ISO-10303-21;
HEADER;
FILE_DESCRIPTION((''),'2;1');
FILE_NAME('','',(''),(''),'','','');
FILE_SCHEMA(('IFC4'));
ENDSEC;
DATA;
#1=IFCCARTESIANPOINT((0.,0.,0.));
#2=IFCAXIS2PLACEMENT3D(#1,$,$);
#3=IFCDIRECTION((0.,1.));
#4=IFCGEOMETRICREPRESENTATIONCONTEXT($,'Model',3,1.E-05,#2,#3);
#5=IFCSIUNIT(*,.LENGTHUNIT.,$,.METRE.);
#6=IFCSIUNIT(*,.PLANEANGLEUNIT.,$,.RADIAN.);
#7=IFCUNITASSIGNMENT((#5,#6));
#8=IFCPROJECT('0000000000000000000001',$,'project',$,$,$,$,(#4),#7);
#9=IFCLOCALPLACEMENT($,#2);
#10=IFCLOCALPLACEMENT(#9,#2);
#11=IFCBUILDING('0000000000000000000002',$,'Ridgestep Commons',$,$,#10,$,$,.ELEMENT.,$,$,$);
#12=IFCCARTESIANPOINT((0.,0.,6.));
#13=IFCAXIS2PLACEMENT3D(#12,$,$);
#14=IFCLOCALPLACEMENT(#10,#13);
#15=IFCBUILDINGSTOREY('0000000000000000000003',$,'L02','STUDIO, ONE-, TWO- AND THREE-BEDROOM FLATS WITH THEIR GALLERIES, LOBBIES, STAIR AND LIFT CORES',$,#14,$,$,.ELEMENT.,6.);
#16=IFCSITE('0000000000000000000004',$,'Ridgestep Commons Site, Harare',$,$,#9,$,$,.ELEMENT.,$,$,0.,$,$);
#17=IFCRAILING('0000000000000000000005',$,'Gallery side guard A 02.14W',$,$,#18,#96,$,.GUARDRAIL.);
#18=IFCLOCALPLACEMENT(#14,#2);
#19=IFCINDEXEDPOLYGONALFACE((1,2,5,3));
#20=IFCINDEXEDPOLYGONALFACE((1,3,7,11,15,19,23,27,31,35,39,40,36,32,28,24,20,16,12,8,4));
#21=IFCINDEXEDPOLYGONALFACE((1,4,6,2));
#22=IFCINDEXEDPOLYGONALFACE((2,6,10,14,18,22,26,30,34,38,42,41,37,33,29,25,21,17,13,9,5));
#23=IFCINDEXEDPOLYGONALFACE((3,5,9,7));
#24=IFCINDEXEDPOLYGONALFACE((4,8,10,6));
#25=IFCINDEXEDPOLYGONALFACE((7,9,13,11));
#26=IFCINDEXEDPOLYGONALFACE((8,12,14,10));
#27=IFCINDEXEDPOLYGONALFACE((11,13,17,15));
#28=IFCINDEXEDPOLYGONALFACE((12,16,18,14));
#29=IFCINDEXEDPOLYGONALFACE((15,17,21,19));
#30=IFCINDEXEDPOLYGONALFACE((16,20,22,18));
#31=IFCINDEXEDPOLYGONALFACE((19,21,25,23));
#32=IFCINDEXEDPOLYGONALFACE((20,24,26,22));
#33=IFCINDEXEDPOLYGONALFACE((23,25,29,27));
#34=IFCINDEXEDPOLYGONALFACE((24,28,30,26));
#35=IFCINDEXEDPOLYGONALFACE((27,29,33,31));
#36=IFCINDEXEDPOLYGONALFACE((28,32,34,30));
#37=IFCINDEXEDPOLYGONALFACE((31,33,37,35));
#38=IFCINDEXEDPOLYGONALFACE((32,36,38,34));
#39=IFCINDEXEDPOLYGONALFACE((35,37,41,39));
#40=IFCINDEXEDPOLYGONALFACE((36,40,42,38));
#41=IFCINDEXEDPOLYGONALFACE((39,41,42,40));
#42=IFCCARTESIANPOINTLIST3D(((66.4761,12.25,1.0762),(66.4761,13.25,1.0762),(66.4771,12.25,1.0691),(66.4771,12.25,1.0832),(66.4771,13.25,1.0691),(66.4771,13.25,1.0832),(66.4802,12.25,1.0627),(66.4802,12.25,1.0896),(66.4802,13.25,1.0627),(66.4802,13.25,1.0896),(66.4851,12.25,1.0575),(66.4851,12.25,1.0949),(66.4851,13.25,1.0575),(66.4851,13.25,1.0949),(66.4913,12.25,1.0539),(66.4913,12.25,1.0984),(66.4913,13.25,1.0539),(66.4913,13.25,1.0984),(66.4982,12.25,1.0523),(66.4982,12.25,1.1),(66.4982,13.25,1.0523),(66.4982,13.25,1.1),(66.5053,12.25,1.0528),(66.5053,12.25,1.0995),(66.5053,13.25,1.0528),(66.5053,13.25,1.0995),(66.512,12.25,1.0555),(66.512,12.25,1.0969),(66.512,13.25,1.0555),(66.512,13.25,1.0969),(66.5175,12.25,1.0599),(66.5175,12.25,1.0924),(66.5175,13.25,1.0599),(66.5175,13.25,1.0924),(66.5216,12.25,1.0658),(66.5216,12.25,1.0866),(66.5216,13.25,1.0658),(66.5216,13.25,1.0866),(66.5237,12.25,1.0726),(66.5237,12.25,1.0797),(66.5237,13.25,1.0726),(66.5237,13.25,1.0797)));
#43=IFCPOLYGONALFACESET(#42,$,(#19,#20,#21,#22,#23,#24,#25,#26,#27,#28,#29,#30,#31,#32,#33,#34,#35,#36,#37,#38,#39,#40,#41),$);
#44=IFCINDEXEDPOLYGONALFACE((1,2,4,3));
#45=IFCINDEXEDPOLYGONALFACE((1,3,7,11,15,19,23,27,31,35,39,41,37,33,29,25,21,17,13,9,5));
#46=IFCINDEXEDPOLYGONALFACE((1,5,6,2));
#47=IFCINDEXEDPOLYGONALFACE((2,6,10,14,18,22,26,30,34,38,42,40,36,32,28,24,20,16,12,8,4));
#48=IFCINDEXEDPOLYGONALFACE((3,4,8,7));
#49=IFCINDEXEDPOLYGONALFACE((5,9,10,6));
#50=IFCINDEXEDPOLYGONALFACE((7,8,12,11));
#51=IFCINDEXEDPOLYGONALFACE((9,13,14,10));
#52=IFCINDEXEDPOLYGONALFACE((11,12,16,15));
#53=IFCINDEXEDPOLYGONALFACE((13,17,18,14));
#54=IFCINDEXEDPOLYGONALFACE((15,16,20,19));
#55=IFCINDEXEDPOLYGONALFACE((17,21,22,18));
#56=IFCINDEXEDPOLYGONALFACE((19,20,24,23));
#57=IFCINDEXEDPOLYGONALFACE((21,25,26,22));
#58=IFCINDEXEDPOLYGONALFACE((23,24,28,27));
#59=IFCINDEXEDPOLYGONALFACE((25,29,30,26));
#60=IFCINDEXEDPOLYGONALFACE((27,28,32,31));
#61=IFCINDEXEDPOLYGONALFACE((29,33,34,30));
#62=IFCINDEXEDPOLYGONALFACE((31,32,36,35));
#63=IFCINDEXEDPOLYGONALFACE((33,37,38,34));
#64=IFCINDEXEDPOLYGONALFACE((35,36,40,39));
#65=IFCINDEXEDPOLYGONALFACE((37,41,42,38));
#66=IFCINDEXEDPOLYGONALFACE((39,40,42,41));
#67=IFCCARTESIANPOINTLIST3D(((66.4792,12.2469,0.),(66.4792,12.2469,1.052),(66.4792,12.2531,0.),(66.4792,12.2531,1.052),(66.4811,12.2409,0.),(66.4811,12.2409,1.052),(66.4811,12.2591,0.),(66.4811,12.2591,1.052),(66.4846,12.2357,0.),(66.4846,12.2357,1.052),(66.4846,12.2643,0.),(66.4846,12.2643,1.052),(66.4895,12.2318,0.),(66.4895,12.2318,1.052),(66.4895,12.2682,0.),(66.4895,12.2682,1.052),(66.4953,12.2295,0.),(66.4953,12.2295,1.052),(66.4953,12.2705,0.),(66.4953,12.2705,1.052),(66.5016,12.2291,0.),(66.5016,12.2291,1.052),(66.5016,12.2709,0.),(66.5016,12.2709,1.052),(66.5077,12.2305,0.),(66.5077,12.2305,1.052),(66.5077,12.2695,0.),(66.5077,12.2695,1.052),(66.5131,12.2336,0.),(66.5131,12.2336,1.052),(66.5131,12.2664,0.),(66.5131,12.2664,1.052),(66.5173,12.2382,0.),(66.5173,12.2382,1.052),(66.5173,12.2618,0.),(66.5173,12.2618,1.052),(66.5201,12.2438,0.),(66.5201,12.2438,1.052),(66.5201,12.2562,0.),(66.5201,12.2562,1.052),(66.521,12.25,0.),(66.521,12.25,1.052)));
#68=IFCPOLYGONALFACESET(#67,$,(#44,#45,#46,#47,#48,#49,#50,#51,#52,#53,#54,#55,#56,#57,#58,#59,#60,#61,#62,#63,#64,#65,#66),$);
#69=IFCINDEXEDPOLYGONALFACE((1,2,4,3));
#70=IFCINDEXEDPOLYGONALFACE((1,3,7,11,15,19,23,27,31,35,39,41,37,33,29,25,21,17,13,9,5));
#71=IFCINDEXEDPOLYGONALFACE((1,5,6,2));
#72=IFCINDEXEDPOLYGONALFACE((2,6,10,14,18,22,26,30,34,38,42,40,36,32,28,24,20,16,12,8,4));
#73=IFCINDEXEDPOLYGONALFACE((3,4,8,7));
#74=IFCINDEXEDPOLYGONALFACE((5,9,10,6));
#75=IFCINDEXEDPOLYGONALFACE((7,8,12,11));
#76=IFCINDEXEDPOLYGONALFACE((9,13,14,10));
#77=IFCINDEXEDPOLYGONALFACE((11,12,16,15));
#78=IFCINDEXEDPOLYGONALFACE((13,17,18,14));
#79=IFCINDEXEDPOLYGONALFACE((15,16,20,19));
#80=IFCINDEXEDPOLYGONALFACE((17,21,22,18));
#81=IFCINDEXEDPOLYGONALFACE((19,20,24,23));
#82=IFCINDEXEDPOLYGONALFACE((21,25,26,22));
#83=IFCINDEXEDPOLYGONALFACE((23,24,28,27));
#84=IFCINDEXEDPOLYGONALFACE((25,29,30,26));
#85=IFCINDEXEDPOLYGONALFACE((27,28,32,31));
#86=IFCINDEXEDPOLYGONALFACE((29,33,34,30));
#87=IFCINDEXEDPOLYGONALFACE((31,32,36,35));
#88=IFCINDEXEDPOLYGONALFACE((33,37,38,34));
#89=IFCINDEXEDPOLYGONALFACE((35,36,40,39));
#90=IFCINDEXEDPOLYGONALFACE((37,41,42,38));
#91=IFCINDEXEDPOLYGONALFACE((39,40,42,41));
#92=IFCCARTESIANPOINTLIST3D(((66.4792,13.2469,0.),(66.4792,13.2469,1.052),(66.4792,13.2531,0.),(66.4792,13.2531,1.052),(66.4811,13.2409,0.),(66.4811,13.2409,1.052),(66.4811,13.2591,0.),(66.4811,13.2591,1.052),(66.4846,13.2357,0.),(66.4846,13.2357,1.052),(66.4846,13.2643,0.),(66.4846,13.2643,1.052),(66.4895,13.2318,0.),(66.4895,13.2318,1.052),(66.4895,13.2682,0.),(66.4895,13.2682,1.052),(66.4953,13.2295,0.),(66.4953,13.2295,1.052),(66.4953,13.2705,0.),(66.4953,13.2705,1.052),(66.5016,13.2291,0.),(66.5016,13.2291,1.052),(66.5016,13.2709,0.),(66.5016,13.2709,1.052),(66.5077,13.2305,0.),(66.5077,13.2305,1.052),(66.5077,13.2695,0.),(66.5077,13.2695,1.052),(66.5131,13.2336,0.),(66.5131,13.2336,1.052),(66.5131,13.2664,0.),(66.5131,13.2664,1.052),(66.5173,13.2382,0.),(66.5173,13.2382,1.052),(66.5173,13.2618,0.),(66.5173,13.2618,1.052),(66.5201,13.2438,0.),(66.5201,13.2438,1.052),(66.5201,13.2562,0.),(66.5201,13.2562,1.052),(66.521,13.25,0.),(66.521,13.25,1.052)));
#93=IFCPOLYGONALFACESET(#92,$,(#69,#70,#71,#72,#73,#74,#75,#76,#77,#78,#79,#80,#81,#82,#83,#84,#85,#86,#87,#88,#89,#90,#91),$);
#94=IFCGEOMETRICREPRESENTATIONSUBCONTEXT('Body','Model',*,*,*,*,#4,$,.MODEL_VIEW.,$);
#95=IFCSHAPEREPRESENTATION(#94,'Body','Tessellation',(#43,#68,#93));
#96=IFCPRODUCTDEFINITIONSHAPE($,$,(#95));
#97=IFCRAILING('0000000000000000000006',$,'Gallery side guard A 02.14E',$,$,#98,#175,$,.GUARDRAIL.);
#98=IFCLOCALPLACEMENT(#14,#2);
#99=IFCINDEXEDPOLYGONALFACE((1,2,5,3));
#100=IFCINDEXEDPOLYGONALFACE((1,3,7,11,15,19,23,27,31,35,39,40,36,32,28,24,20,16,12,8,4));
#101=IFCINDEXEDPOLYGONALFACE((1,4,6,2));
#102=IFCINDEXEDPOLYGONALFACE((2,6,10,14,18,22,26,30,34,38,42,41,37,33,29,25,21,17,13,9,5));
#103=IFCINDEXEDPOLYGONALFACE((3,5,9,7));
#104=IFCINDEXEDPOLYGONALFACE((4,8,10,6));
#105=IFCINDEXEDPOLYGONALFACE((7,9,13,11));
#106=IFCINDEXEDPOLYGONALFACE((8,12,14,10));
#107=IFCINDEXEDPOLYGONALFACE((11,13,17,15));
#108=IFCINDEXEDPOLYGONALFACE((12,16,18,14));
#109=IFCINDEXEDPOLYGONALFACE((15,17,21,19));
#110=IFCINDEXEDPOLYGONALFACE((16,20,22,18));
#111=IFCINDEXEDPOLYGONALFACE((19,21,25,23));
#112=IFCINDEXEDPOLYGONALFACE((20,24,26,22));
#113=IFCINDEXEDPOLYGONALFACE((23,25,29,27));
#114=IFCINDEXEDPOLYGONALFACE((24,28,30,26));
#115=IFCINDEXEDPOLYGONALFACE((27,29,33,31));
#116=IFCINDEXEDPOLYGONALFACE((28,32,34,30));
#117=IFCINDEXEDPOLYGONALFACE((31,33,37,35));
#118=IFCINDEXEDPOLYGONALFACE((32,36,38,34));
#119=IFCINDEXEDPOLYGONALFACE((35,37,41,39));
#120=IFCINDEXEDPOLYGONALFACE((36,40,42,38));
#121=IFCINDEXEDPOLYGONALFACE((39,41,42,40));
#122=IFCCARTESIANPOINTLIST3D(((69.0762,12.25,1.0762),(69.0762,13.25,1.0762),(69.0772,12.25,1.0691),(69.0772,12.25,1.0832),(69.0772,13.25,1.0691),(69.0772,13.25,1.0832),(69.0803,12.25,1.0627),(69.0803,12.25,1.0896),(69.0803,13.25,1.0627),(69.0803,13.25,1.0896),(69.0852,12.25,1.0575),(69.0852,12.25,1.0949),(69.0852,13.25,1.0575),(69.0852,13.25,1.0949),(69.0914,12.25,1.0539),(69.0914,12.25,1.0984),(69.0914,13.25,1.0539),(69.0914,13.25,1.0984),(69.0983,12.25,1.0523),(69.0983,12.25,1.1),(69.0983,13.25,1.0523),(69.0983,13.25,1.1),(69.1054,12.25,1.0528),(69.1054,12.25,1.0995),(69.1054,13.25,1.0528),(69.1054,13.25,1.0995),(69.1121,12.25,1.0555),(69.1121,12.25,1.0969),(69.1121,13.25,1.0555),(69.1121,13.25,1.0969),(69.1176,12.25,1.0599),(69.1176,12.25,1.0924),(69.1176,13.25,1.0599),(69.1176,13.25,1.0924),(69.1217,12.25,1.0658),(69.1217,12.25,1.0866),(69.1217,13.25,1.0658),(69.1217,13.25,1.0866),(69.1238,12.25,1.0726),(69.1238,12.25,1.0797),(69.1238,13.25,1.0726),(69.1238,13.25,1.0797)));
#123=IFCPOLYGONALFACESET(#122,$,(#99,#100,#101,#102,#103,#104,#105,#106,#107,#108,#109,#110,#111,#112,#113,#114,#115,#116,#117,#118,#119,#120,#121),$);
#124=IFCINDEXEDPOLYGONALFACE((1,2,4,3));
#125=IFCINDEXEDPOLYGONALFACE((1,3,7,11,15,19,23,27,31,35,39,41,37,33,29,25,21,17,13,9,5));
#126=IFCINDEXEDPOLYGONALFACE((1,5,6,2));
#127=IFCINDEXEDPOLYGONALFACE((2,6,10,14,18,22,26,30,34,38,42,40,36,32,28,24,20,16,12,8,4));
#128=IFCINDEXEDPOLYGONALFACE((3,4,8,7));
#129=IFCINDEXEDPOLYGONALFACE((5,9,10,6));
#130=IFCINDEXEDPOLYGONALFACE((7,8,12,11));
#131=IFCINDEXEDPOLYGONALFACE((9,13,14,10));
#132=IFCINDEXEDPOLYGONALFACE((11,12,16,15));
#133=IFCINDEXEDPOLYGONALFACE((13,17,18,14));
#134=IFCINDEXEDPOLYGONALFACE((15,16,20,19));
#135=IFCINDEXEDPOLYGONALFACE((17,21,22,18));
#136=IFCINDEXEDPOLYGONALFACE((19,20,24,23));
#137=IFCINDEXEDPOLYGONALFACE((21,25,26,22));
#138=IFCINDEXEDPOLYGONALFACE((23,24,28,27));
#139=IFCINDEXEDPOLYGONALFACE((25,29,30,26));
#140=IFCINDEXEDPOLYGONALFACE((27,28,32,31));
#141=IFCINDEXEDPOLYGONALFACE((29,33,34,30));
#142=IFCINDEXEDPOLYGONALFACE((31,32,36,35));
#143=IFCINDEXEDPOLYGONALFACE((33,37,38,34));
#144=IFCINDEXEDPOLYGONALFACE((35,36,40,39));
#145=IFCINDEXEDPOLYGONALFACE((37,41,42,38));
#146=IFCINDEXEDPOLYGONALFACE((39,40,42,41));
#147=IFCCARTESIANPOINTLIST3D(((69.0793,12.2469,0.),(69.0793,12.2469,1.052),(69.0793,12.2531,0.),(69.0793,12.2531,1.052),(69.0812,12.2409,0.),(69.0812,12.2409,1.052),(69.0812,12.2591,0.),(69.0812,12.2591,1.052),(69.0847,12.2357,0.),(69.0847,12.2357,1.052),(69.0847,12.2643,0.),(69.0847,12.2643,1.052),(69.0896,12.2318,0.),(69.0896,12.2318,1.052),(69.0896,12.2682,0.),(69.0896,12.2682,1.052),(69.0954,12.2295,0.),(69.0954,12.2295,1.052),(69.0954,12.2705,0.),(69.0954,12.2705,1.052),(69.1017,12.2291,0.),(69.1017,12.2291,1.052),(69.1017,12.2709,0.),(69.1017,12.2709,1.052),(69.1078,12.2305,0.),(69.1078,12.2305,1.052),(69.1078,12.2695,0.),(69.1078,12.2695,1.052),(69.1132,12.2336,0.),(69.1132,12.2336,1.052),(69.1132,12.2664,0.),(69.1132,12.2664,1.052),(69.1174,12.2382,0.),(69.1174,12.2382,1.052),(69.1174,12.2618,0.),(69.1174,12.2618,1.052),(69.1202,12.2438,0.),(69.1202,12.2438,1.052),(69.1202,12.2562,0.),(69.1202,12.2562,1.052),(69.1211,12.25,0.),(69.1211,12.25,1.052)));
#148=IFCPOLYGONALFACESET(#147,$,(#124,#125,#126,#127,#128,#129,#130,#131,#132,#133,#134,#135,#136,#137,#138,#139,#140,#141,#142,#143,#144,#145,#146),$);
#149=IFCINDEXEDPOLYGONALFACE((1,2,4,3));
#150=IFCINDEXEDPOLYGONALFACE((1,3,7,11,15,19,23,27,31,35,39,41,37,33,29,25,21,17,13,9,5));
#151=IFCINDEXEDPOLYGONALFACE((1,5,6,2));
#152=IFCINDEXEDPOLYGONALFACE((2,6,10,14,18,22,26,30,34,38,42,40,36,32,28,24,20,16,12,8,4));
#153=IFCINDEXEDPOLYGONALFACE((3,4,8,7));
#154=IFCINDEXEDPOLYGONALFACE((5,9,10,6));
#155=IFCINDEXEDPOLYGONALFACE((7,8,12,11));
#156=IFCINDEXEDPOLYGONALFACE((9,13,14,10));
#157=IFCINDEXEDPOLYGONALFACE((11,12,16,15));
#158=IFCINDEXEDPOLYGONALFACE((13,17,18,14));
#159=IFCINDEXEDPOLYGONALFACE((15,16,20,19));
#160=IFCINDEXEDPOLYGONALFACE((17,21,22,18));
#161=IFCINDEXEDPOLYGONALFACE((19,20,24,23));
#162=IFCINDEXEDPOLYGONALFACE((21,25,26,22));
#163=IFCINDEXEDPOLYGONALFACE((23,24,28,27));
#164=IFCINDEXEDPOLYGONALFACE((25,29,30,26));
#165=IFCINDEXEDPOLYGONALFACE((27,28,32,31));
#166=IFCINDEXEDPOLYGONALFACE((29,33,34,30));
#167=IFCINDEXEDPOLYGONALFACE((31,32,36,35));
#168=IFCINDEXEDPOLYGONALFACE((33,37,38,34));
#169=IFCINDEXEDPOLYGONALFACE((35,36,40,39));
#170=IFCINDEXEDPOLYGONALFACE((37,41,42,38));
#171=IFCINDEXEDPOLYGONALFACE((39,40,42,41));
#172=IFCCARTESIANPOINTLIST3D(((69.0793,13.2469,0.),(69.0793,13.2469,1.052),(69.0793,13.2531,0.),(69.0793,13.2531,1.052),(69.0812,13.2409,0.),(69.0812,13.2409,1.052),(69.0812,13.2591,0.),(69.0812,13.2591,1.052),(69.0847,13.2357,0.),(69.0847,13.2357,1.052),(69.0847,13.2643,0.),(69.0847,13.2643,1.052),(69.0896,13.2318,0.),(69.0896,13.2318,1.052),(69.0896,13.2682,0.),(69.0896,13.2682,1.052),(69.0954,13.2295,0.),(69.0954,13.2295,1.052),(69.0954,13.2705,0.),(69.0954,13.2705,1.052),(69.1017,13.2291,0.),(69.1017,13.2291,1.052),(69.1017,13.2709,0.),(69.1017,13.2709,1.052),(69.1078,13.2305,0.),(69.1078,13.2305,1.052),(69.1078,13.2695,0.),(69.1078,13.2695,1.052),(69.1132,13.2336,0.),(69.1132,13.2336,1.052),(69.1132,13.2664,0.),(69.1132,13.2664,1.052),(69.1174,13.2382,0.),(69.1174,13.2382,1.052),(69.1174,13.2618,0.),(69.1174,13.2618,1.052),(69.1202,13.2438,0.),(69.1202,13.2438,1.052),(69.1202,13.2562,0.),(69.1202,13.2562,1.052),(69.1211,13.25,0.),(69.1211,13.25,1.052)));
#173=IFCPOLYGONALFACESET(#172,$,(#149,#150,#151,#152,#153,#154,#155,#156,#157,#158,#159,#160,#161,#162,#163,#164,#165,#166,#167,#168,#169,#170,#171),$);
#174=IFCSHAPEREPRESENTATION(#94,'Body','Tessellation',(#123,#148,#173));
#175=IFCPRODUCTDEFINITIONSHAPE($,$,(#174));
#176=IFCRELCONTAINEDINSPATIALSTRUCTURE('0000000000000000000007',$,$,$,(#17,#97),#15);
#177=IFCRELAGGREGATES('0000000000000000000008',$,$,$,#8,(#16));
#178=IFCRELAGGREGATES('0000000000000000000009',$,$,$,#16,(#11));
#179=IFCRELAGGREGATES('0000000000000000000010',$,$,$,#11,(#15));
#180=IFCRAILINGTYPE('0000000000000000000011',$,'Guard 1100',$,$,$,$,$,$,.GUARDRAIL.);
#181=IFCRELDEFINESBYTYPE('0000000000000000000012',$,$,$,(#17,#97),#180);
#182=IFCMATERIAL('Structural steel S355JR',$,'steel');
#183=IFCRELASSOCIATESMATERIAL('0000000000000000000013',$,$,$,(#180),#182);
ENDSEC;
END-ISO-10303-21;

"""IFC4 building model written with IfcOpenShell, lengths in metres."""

from ifc_helpers import new_model, si_unit, direction, frame, origin, origin_2d, place, context, subcontext, project, spatial, circle, extrude, material, type_object, element, save


model = new_model("IFC4")

# Units and contexts
model_context = context("Model", 3, precision=1e-05, world=origin(), true_north=direction((0.0, 1.0)))
body_context = subcontext(model_context, "Body", "Model", "MODEL_VIEW")
ifc_project = project(units=[si_unit("LENGTHUNIT", "METRE"), si_unit("PLANEANGLEUNIT", "RADIAN")], contexts=[model_context])

# Site, building, storey
site_placement = place(None, origin())
site = spatial("IfcSite", under=ifc_project, at=site_placement, Name="Ridgestep Commons Site, Harare", CompositionType="ELEMENT", RefElevation=0.0)
building_placement = place(site_placement, origin())
building = spatial("IfcBuilding", under=site, at=building_placement, Name="Ridgestep Commons", CompositionType="ELEMENT")
storey_placement = place(building_placement, frame((0.0, 0.0, 6.0)))
storey = spatial("IfcBuildingStorey", under=building, at=storey_placement, Name="L02", Description="STUDIO, ONE-, TWO- AND THREE-BEDROOM FLATS WITH THEIR GALLERIES, LOBBIES, STAIR AND LIFT CORES", CompositionType="ELEMENT", Elevation=6.0)

# Railings
ifc_material_1 = material(Name="Structural steel S355JR", Category="steel")
railing_type = type_object("IfcRailingType", Name="Guard 1100", PredefinedType="GUARDRAIL", material=ifc_material_1)
for number, where, name in (
    (1, (66.5, 12.25, 0.0), "Gallery side guard A 02.14W"),
    (2, (69.1001, 12.25, 0.0), "Gallery side guard A 02.14E"),
):
    element("IfcRailing", number, at=place(storey_placement, frame(where)), inside=storey, type_object=railing_type, Name=name, PredefinedType="GUARDRAIL", context=body_context, shape_type="SweptSolid", body=[
        extrude(circle(Radius=0.0239, at=origin_2d()), frame((0.0, 0.0, 1.0762), z_axis=(0.0, 1.0, 0.0), x_axis=(-1.0, 0.0, 0.0)), (0.0, 0.0, 1.0), 1.0),
        extrude(circle(Radius=0.021, at=origin_2d()), origin(), (0.0, 0.0, 1.0), 1.052),
        extrude(circle(Radius=0.021, at=origin_2d()), frame((0.0, 1.0, 0.0)), (0.0, 0.0, 1.0), 1.052),
    ])

save(model, "model.ifc")
